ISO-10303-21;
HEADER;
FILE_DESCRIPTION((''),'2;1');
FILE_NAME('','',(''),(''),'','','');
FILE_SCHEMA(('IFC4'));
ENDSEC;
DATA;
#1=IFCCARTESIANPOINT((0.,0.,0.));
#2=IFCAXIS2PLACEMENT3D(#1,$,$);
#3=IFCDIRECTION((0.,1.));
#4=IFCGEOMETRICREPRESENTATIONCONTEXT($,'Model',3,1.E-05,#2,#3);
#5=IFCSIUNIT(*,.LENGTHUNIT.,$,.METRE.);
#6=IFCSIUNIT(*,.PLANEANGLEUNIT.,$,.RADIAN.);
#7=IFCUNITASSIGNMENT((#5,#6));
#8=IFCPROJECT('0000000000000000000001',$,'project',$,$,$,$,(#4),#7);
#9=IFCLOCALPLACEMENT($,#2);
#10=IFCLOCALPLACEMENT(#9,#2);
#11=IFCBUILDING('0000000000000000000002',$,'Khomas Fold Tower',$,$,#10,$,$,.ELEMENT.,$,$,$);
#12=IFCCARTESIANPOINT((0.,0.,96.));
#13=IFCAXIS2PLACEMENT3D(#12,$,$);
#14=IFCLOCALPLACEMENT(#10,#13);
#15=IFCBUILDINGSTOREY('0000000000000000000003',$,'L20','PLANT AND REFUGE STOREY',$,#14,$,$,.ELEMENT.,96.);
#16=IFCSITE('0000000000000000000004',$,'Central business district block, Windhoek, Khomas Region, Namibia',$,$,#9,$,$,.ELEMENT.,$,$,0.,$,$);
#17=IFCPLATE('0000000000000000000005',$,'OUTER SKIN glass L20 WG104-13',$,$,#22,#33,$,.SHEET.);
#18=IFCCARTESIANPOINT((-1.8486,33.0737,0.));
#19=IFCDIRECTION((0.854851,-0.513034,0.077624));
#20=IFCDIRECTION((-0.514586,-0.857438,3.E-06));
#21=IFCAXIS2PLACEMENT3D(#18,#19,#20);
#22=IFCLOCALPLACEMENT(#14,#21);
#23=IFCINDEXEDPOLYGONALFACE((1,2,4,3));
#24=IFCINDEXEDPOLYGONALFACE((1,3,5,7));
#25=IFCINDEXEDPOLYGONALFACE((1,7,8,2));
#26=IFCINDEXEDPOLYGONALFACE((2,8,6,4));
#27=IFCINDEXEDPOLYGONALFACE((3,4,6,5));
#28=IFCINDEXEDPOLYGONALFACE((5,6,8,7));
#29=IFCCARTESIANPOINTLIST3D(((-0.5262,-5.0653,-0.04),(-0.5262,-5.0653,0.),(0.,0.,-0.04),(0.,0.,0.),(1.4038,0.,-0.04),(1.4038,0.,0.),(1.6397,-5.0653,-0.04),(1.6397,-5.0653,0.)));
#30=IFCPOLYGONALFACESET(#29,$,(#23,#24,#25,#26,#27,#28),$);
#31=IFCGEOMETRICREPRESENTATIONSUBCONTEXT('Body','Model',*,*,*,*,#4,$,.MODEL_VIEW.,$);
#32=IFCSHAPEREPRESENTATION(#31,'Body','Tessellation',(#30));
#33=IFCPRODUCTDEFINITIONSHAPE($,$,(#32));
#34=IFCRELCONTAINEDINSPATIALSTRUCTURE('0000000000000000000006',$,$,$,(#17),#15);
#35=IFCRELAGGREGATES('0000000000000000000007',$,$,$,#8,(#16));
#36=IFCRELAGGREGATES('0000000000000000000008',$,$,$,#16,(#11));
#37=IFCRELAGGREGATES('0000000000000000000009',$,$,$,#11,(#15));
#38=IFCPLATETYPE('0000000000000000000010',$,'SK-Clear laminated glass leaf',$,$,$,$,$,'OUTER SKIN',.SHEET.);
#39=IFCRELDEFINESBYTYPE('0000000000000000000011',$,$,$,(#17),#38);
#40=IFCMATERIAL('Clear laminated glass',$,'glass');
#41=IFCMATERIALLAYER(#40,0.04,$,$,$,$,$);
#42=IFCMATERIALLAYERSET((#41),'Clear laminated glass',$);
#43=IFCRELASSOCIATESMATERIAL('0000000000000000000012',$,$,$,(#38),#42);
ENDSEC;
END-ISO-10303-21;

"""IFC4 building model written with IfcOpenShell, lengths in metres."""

from ifc_helpers import new_model, si_unit, direction, frame, origin, place, context, subcontext, project, spatial, polyline, outline, extrude, material, layer, layer_set, type_object, element, save


model = new_model("IFC4")

# Units and contexts
model_context = context("Model", 3, precision=1e-05, world=origin(), true_north=direction((0.0, 1.0)))
body_context = subcontext(model_context, "Body", "Model", "MODEL_VIEW")
ifc_project = project(units=[si_unit("LENGTHUNIT", "METRE"), si_unit("PLANEANGLEUNIT", "RADIAN")], contexts=[model_context])

# Site, building, storey
site_placement = place(None, origin())
site = spatial("IfcSite", under=ifc_project, at=site_placement, Name="Central business district block, Windhoek, Khomas Region, Namibia", CompositionType="ELEMENT", RefElevation=0.0)
building_placement = place(site_placement, origin())
building = spatial("IfcBuilding", under=site, at=building_placement, Name="Khomas Fold Tower", CompositionType="ELEMENT")
storey_placement = place(building_placement, frame((0.0, 0.0, 96.0)))
storey = spatial("IfcBuildingStorey", under=building, at=storey_placement, Name="L20", Description="PLANT AND REFUGE STOREY", CompositionType="ELEMENT", Elevation=96.0)

# Plate
ifc_material_1 = material(Name="Clear laminated glass", Category="glass")
ifc_layer_1 = layer(ifc_material_1, 0.04)
ifc_layer_set_1 = layer_set([ifc_layer_1], Name="Clear laminated glass")
plate_type = type_object("IfcPlateType", Name="SK-Clear laminated glass leaf", ElementType="OUTER SKIN", PredefinedType="SHEET", material=ifc_layer_set_1)
plate_placement = place(storey_placement, frame((-1.8486, 33.0737, 0.0), z_axis=(0.854851, -0.513034, 0.077624), x_axis=(-0.514586, -0.857438, 0.000003)))
element("IfcPlate", 1, at=plate_placement, inside=storey, type_object=plate_type, Name="OUTER SKIN glass L20 WG104-13", PredefinedType="SHEET", context=body_context, shape_type="SweptSolid", body=[
    extrude(outline(polyline([(0.0, 0.0), (1.4038, 0.0), (1.6397, -5.0653), (-0.5262, -5.0653), (0.0, 0.0)])), origin(), (0.0, 0.0, -1.0), 0.04),
])

save(model, "model.ifc")
